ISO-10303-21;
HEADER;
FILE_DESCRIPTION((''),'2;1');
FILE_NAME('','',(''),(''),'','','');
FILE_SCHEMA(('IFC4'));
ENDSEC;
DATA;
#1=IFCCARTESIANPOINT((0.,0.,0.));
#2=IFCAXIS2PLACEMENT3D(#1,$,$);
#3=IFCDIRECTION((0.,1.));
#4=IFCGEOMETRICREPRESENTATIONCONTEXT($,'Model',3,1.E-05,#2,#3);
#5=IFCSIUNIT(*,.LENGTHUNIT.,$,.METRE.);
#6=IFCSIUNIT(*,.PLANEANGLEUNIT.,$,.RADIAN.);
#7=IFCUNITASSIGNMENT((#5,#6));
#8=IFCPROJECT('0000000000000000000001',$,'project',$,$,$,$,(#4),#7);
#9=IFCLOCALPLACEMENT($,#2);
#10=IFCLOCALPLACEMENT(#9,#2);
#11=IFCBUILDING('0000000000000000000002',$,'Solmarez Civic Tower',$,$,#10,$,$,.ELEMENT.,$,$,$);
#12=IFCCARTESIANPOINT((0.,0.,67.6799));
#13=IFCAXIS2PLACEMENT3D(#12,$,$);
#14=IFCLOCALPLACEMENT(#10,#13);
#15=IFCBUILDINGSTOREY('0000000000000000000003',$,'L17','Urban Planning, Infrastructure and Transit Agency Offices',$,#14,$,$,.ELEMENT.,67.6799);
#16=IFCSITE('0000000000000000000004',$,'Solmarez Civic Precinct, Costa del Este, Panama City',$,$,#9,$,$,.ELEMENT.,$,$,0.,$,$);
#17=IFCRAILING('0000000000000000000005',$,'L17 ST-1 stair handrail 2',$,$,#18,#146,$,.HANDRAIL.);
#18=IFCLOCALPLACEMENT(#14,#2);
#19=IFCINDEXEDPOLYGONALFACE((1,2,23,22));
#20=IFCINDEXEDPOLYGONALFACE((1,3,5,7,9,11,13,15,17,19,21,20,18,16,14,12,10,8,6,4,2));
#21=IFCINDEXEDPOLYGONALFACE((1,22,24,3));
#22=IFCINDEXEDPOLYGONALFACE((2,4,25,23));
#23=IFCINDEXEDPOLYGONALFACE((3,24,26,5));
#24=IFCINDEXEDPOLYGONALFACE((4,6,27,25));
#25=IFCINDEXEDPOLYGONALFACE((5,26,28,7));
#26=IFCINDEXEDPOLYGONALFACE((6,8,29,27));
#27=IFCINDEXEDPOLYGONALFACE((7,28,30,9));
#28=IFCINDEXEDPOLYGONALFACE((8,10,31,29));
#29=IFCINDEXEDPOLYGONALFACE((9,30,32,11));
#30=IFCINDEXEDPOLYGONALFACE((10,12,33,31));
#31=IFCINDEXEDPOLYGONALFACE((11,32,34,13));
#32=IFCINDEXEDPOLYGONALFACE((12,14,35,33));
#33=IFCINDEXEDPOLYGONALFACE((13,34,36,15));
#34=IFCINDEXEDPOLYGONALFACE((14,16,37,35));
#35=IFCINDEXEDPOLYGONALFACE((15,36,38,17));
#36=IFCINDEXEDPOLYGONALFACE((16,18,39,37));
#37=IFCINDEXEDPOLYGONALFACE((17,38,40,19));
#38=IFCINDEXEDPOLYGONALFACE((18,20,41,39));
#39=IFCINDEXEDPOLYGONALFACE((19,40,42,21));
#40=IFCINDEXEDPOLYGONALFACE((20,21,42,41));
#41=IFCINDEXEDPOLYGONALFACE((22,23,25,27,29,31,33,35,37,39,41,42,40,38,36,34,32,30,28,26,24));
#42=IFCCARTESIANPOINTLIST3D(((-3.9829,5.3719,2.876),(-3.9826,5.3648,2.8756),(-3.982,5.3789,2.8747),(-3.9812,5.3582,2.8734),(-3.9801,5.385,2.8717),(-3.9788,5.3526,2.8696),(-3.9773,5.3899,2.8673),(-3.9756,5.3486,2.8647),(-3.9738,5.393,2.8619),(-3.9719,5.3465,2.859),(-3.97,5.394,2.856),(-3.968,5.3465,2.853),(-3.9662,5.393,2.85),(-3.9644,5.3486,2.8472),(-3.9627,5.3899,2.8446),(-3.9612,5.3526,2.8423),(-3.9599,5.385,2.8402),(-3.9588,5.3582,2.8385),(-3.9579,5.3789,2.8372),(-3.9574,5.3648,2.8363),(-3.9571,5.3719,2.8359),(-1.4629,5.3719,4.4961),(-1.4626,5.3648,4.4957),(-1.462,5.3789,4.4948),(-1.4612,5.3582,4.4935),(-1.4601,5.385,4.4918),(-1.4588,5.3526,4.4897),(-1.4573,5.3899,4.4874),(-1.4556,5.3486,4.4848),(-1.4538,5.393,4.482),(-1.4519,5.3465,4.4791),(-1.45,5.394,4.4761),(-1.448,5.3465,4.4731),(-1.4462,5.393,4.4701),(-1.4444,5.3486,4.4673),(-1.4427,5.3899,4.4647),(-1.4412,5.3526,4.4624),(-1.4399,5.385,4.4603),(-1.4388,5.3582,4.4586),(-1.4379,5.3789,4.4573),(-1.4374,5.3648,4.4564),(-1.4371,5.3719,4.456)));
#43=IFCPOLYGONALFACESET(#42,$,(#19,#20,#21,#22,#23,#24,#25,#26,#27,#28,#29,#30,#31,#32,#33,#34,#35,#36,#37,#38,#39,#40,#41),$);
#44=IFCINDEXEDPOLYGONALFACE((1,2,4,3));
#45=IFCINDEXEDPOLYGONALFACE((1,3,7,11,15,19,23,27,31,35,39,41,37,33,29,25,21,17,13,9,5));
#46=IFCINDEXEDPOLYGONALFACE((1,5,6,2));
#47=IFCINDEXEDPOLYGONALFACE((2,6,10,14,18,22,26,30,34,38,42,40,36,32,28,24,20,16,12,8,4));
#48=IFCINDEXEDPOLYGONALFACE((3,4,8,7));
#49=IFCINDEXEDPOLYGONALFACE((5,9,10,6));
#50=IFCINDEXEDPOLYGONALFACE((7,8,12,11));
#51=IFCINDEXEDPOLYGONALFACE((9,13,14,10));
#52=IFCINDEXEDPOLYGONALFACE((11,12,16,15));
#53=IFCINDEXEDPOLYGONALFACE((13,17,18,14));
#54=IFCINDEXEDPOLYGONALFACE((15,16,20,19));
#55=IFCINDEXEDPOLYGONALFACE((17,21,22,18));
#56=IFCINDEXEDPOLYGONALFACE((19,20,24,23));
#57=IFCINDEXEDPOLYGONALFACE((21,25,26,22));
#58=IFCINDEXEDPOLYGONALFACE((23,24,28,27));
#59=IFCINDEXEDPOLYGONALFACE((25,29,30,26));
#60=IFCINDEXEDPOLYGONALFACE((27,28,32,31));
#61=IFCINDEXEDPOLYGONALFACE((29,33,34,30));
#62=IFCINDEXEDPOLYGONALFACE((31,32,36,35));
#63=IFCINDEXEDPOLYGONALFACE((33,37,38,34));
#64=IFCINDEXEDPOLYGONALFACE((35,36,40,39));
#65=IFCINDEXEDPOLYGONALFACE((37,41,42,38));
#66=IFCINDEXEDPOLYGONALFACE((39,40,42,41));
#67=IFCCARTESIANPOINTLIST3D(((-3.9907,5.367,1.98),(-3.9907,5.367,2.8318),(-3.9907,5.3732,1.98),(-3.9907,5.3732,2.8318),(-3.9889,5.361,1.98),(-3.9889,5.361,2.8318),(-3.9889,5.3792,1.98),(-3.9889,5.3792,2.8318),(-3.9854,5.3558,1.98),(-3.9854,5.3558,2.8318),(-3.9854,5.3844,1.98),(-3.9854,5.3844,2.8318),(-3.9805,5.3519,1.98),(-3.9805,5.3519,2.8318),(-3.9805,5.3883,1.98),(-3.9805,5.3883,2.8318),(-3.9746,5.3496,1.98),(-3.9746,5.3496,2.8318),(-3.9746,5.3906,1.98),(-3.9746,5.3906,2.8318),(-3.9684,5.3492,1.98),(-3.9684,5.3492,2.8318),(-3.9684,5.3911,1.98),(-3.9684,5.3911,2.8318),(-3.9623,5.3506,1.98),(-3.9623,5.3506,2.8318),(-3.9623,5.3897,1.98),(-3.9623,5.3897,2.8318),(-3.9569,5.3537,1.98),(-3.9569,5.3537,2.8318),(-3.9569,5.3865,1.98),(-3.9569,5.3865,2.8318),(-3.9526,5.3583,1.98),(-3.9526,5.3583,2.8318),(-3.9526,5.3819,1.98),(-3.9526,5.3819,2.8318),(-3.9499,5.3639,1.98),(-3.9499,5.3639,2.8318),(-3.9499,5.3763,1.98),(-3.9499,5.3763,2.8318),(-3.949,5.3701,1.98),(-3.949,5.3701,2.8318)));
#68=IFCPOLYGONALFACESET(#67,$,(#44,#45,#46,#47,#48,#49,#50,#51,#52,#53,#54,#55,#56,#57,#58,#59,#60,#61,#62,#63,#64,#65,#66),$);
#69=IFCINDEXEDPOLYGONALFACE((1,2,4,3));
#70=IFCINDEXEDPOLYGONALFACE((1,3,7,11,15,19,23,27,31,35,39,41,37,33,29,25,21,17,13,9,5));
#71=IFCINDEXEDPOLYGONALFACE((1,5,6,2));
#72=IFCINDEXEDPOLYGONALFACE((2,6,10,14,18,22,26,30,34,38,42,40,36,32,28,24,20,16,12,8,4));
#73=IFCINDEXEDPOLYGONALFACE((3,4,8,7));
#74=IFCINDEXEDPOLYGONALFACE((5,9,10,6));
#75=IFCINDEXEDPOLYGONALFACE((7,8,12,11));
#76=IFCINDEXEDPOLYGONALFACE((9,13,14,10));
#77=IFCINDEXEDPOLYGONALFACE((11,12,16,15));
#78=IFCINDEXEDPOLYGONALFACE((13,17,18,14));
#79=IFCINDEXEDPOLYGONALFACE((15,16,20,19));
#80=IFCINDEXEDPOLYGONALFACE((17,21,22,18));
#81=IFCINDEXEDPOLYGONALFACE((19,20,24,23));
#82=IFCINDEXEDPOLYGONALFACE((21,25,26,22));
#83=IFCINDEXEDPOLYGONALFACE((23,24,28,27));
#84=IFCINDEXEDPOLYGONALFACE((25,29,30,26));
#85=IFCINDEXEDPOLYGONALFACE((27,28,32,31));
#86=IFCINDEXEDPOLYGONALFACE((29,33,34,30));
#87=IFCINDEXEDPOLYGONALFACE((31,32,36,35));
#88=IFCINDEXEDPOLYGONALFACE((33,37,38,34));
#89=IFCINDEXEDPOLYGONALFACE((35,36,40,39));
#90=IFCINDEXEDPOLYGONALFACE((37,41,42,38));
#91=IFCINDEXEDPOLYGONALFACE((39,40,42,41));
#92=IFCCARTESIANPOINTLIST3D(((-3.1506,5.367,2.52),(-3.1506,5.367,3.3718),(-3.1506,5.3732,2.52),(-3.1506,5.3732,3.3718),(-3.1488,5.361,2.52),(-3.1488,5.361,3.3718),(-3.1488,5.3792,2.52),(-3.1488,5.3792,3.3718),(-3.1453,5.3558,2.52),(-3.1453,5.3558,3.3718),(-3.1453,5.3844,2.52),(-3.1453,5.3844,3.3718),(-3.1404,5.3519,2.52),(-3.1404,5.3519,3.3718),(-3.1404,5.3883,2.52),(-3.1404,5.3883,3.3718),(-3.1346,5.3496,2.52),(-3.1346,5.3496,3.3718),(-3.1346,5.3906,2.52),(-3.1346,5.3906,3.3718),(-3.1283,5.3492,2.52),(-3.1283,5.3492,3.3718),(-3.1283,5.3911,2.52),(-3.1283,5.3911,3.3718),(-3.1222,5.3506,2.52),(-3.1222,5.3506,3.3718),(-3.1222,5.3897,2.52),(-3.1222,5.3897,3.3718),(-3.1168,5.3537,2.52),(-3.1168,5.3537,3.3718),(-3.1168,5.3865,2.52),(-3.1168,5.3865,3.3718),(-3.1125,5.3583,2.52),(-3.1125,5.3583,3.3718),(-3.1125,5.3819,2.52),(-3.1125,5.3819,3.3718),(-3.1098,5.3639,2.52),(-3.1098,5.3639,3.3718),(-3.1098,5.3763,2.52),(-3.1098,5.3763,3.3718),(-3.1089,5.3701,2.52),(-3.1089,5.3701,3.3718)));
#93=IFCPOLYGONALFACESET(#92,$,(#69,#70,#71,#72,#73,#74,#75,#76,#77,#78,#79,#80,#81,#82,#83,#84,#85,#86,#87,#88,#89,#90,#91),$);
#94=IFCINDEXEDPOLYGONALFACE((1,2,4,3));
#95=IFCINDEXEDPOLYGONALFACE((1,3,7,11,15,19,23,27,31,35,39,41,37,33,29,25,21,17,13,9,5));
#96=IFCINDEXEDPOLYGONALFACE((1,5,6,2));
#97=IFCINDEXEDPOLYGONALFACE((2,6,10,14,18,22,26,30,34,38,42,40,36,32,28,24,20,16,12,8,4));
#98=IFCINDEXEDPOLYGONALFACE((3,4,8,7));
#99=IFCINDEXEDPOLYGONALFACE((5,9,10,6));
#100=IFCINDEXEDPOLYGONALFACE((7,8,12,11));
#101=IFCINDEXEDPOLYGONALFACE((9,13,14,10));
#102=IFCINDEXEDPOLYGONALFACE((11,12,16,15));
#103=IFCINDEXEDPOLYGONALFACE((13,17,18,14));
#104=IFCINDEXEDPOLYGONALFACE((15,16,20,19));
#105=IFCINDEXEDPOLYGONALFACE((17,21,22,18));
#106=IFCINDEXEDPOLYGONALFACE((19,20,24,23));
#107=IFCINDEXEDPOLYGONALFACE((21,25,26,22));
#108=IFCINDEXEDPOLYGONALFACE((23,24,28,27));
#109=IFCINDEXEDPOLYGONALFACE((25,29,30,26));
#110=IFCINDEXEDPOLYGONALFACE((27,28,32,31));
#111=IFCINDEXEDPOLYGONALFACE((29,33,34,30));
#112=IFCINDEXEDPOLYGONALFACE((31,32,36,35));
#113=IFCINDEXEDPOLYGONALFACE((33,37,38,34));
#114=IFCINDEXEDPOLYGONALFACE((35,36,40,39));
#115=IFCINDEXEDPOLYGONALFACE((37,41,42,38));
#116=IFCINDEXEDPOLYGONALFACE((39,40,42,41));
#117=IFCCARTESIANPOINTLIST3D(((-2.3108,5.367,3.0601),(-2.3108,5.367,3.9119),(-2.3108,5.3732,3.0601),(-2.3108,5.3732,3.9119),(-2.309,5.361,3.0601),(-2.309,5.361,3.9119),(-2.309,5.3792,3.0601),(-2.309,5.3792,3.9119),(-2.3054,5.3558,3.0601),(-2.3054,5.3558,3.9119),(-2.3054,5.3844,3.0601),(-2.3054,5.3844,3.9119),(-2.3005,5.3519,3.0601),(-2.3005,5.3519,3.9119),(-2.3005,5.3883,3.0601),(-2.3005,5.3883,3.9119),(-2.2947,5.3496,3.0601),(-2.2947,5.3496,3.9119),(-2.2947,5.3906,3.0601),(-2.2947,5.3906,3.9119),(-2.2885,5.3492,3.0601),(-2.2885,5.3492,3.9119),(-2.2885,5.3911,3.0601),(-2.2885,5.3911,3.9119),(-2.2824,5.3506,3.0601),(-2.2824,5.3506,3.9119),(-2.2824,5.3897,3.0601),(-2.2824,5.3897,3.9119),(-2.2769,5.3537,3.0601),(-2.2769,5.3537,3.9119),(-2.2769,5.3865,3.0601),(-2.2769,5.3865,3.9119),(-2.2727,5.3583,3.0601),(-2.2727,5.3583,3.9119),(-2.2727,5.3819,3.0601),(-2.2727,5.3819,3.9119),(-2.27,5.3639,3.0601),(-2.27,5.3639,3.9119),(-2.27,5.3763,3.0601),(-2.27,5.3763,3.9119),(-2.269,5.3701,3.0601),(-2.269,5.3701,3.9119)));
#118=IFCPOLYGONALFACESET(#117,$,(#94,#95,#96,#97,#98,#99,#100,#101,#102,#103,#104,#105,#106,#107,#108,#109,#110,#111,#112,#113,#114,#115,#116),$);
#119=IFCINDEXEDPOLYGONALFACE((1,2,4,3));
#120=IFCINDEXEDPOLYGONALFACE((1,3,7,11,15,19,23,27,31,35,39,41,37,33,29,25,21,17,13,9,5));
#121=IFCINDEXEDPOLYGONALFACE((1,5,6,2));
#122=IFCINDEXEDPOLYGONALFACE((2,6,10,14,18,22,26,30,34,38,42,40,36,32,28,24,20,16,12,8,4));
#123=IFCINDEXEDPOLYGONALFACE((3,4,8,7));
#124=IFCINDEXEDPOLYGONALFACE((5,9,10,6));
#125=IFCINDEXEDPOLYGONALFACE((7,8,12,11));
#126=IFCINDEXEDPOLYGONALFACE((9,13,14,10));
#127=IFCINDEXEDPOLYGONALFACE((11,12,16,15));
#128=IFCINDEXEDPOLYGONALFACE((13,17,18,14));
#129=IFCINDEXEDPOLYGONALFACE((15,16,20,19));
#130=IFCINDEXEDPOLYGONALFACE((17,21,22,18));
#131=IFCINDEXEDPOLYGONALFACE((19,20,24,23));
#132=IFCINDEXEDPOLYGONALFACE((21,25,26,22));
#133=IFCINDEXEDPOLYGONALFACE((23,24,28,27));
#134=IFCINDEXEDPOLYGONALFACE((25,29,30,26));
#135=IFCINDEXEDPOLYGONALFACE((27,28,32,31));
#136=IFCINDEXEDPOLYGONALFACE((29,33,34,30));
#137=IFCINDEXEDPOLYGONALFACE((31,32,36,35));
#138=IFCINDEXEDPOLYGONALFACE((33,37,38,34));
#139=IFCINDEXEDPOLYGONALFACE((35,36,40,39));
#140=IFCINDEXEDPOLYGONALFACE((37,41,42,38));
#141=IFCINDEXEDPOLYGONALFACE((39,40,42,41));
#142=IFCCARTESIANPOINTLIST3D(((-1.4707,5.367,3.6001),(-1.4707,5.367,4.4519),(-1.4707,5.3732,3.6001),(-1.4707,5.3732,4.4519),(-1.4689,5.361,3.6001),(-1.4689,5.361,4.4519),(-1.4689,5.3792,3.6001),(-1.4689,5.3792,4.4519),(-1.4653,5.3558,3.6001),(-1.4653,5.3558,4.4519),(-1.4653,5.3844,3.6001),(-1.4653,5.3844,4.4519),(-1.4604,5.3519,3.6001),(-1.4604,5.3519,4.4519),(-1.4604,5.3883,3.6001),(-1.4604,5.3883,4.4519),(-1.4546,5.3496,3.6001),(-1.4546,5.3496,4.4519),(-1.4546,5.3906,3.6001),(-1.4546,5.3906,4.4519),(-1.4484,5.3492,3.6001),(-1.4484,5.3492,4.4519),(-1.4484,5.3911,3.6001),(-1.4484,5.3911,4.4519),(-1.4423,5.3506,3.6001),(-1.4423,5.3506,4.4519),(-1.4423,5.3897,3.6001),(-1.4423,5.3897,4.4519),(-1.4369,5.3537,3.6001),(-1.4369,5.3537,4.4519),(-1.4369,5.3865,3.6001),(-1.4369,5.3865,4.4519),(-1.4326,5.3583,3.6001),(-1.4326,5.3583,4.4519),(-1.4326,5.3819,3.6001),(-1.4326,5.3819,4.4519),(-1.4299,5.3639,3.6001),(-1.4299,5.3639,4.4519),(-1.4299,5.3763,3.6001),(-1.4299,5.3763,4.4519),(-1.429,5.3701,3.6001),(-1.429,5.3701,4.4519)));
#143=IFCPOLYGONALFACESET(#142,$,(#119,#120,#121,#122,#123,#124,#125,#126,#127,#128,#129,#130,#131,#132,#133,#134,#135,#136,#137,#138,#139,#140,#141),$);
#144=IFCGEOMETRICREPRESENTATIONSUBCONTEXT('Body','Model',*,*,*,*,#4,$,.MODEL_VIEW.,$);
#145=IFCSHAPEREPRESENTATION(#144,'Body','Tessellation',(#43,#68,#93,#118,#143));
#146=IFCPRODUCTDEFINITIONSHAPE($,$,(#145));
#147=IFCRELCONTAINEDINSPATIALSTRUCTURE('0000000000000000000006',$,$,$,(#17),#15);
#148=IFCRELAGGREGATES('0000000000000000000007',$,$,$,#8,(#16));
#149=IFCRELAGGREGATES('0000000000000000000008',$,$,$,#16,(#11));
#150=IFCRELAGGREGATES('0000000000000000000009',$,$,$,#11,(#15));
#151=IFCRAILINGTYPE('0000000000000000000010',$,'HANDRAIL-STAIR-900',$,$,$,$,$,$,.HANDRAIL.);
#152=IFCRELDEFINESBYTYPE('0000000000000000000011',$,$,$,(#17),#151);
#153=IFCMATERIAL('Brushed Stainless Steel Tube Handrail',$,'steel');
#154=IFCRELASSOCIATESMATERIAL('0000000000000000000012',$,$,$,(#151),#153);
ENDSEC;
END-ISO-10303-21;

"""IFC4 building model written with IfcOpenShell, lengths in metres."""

from ifc_helpers import new_model, si_unit, direction, frame, origin, origin_2d, place, context, subcontext, project, spatial, circle, extrude, material, type_object, element, save


model = new_model("IFC4")

# Units and contexts
model_context = context("Model", 3, precision=1e-05, world=origin(), true_north=direction((0.0, 1.0)))
body_context = subcontext(model_context, "Body", "Model", "MODEL_VIEW")
ifc_project = project(units=[si_unit("LENGTHUNIT", "METRE"), si_unit("PLANEANGLEUNIT", "RADIAN")], contexts=[model_context])

# Site, building, storey
site_placement = place(None, origin())
site = spatial("IfcSite", under=ifc_project, at=site_placement, Name="Solmarez Civic Precinct, Costa del Este, Panama City", CompositionType="ELEMENT", RefElevation=0.0)
building_placement = place(site_placement, origin())
building = spatial("IfcBuilding", under=site, at=building_placement, Name="Solmarez Civic Tower", CompositionType="ELEMENT")
storey_placement = place(building_placement, frame((0.0, 0.0, 67.6799)))
storey = spatial("IfcBuildingStorey", under=building, at=storey_placement, Name="L17", Description="Urban Planning, Infrastructure and Transit Agency Offices", CompositionType="ELEMENT", Elevation=67.6799)

# Railing
ifc_material_1 = material(Name="Brushed Stainless Steel Tube Handrail", Category="steel")
railing_type_1 = type_object("IfcRailingType", Name="HANDRAIL-STAIR-900", PredefinedType="HANDRAIL", material=ifc_material_1)
railing_1_placement = place(storey_placement, frame((-3.97, 5.3701, 1.98)))
element("IfcRailing", 1, at=railing_1_placement, inside=storey, type_object=railing_type_1, Name="L17 ST-1 stair handrail 2", PredefinedType="HANDRAIL", context=body_context, shape_type="SweptSolid", body=[
    extrude(circle(Radius=0.0239, at=origin_2d()), frame((0.0, 0.0, 0.876), z_axis=(0.841163, 0.0, 0.540782), x_axis=(0.0, 1.0, 0.0)), (0.0, 0.0, 1.0), 2.9958),
    extrude(circle(Radius=0.021, at=origin_2d()), origin(), (0.0, 0.0, 1.0), 0.8518),
    extrude(circle(Radius=0.021, at=origin_2d()), frame((0.8401, 0.0, 0.54)), (0.0, 0.0, 1.0), 0.8518),
    extrude(circle(Radius=0.021, at=origin_2d()), frame((1.6799, 0.0, 1.0801)), (0.0, 0.0, 1.0), 0.8518),
    extrude(circle(Radius=0.021, at=origin_2d()), frame((2.52, 0.0, 1.6201)), (0.0, 0.0, 1.0), 0.8518),
])

save(model, "model.ifc")
